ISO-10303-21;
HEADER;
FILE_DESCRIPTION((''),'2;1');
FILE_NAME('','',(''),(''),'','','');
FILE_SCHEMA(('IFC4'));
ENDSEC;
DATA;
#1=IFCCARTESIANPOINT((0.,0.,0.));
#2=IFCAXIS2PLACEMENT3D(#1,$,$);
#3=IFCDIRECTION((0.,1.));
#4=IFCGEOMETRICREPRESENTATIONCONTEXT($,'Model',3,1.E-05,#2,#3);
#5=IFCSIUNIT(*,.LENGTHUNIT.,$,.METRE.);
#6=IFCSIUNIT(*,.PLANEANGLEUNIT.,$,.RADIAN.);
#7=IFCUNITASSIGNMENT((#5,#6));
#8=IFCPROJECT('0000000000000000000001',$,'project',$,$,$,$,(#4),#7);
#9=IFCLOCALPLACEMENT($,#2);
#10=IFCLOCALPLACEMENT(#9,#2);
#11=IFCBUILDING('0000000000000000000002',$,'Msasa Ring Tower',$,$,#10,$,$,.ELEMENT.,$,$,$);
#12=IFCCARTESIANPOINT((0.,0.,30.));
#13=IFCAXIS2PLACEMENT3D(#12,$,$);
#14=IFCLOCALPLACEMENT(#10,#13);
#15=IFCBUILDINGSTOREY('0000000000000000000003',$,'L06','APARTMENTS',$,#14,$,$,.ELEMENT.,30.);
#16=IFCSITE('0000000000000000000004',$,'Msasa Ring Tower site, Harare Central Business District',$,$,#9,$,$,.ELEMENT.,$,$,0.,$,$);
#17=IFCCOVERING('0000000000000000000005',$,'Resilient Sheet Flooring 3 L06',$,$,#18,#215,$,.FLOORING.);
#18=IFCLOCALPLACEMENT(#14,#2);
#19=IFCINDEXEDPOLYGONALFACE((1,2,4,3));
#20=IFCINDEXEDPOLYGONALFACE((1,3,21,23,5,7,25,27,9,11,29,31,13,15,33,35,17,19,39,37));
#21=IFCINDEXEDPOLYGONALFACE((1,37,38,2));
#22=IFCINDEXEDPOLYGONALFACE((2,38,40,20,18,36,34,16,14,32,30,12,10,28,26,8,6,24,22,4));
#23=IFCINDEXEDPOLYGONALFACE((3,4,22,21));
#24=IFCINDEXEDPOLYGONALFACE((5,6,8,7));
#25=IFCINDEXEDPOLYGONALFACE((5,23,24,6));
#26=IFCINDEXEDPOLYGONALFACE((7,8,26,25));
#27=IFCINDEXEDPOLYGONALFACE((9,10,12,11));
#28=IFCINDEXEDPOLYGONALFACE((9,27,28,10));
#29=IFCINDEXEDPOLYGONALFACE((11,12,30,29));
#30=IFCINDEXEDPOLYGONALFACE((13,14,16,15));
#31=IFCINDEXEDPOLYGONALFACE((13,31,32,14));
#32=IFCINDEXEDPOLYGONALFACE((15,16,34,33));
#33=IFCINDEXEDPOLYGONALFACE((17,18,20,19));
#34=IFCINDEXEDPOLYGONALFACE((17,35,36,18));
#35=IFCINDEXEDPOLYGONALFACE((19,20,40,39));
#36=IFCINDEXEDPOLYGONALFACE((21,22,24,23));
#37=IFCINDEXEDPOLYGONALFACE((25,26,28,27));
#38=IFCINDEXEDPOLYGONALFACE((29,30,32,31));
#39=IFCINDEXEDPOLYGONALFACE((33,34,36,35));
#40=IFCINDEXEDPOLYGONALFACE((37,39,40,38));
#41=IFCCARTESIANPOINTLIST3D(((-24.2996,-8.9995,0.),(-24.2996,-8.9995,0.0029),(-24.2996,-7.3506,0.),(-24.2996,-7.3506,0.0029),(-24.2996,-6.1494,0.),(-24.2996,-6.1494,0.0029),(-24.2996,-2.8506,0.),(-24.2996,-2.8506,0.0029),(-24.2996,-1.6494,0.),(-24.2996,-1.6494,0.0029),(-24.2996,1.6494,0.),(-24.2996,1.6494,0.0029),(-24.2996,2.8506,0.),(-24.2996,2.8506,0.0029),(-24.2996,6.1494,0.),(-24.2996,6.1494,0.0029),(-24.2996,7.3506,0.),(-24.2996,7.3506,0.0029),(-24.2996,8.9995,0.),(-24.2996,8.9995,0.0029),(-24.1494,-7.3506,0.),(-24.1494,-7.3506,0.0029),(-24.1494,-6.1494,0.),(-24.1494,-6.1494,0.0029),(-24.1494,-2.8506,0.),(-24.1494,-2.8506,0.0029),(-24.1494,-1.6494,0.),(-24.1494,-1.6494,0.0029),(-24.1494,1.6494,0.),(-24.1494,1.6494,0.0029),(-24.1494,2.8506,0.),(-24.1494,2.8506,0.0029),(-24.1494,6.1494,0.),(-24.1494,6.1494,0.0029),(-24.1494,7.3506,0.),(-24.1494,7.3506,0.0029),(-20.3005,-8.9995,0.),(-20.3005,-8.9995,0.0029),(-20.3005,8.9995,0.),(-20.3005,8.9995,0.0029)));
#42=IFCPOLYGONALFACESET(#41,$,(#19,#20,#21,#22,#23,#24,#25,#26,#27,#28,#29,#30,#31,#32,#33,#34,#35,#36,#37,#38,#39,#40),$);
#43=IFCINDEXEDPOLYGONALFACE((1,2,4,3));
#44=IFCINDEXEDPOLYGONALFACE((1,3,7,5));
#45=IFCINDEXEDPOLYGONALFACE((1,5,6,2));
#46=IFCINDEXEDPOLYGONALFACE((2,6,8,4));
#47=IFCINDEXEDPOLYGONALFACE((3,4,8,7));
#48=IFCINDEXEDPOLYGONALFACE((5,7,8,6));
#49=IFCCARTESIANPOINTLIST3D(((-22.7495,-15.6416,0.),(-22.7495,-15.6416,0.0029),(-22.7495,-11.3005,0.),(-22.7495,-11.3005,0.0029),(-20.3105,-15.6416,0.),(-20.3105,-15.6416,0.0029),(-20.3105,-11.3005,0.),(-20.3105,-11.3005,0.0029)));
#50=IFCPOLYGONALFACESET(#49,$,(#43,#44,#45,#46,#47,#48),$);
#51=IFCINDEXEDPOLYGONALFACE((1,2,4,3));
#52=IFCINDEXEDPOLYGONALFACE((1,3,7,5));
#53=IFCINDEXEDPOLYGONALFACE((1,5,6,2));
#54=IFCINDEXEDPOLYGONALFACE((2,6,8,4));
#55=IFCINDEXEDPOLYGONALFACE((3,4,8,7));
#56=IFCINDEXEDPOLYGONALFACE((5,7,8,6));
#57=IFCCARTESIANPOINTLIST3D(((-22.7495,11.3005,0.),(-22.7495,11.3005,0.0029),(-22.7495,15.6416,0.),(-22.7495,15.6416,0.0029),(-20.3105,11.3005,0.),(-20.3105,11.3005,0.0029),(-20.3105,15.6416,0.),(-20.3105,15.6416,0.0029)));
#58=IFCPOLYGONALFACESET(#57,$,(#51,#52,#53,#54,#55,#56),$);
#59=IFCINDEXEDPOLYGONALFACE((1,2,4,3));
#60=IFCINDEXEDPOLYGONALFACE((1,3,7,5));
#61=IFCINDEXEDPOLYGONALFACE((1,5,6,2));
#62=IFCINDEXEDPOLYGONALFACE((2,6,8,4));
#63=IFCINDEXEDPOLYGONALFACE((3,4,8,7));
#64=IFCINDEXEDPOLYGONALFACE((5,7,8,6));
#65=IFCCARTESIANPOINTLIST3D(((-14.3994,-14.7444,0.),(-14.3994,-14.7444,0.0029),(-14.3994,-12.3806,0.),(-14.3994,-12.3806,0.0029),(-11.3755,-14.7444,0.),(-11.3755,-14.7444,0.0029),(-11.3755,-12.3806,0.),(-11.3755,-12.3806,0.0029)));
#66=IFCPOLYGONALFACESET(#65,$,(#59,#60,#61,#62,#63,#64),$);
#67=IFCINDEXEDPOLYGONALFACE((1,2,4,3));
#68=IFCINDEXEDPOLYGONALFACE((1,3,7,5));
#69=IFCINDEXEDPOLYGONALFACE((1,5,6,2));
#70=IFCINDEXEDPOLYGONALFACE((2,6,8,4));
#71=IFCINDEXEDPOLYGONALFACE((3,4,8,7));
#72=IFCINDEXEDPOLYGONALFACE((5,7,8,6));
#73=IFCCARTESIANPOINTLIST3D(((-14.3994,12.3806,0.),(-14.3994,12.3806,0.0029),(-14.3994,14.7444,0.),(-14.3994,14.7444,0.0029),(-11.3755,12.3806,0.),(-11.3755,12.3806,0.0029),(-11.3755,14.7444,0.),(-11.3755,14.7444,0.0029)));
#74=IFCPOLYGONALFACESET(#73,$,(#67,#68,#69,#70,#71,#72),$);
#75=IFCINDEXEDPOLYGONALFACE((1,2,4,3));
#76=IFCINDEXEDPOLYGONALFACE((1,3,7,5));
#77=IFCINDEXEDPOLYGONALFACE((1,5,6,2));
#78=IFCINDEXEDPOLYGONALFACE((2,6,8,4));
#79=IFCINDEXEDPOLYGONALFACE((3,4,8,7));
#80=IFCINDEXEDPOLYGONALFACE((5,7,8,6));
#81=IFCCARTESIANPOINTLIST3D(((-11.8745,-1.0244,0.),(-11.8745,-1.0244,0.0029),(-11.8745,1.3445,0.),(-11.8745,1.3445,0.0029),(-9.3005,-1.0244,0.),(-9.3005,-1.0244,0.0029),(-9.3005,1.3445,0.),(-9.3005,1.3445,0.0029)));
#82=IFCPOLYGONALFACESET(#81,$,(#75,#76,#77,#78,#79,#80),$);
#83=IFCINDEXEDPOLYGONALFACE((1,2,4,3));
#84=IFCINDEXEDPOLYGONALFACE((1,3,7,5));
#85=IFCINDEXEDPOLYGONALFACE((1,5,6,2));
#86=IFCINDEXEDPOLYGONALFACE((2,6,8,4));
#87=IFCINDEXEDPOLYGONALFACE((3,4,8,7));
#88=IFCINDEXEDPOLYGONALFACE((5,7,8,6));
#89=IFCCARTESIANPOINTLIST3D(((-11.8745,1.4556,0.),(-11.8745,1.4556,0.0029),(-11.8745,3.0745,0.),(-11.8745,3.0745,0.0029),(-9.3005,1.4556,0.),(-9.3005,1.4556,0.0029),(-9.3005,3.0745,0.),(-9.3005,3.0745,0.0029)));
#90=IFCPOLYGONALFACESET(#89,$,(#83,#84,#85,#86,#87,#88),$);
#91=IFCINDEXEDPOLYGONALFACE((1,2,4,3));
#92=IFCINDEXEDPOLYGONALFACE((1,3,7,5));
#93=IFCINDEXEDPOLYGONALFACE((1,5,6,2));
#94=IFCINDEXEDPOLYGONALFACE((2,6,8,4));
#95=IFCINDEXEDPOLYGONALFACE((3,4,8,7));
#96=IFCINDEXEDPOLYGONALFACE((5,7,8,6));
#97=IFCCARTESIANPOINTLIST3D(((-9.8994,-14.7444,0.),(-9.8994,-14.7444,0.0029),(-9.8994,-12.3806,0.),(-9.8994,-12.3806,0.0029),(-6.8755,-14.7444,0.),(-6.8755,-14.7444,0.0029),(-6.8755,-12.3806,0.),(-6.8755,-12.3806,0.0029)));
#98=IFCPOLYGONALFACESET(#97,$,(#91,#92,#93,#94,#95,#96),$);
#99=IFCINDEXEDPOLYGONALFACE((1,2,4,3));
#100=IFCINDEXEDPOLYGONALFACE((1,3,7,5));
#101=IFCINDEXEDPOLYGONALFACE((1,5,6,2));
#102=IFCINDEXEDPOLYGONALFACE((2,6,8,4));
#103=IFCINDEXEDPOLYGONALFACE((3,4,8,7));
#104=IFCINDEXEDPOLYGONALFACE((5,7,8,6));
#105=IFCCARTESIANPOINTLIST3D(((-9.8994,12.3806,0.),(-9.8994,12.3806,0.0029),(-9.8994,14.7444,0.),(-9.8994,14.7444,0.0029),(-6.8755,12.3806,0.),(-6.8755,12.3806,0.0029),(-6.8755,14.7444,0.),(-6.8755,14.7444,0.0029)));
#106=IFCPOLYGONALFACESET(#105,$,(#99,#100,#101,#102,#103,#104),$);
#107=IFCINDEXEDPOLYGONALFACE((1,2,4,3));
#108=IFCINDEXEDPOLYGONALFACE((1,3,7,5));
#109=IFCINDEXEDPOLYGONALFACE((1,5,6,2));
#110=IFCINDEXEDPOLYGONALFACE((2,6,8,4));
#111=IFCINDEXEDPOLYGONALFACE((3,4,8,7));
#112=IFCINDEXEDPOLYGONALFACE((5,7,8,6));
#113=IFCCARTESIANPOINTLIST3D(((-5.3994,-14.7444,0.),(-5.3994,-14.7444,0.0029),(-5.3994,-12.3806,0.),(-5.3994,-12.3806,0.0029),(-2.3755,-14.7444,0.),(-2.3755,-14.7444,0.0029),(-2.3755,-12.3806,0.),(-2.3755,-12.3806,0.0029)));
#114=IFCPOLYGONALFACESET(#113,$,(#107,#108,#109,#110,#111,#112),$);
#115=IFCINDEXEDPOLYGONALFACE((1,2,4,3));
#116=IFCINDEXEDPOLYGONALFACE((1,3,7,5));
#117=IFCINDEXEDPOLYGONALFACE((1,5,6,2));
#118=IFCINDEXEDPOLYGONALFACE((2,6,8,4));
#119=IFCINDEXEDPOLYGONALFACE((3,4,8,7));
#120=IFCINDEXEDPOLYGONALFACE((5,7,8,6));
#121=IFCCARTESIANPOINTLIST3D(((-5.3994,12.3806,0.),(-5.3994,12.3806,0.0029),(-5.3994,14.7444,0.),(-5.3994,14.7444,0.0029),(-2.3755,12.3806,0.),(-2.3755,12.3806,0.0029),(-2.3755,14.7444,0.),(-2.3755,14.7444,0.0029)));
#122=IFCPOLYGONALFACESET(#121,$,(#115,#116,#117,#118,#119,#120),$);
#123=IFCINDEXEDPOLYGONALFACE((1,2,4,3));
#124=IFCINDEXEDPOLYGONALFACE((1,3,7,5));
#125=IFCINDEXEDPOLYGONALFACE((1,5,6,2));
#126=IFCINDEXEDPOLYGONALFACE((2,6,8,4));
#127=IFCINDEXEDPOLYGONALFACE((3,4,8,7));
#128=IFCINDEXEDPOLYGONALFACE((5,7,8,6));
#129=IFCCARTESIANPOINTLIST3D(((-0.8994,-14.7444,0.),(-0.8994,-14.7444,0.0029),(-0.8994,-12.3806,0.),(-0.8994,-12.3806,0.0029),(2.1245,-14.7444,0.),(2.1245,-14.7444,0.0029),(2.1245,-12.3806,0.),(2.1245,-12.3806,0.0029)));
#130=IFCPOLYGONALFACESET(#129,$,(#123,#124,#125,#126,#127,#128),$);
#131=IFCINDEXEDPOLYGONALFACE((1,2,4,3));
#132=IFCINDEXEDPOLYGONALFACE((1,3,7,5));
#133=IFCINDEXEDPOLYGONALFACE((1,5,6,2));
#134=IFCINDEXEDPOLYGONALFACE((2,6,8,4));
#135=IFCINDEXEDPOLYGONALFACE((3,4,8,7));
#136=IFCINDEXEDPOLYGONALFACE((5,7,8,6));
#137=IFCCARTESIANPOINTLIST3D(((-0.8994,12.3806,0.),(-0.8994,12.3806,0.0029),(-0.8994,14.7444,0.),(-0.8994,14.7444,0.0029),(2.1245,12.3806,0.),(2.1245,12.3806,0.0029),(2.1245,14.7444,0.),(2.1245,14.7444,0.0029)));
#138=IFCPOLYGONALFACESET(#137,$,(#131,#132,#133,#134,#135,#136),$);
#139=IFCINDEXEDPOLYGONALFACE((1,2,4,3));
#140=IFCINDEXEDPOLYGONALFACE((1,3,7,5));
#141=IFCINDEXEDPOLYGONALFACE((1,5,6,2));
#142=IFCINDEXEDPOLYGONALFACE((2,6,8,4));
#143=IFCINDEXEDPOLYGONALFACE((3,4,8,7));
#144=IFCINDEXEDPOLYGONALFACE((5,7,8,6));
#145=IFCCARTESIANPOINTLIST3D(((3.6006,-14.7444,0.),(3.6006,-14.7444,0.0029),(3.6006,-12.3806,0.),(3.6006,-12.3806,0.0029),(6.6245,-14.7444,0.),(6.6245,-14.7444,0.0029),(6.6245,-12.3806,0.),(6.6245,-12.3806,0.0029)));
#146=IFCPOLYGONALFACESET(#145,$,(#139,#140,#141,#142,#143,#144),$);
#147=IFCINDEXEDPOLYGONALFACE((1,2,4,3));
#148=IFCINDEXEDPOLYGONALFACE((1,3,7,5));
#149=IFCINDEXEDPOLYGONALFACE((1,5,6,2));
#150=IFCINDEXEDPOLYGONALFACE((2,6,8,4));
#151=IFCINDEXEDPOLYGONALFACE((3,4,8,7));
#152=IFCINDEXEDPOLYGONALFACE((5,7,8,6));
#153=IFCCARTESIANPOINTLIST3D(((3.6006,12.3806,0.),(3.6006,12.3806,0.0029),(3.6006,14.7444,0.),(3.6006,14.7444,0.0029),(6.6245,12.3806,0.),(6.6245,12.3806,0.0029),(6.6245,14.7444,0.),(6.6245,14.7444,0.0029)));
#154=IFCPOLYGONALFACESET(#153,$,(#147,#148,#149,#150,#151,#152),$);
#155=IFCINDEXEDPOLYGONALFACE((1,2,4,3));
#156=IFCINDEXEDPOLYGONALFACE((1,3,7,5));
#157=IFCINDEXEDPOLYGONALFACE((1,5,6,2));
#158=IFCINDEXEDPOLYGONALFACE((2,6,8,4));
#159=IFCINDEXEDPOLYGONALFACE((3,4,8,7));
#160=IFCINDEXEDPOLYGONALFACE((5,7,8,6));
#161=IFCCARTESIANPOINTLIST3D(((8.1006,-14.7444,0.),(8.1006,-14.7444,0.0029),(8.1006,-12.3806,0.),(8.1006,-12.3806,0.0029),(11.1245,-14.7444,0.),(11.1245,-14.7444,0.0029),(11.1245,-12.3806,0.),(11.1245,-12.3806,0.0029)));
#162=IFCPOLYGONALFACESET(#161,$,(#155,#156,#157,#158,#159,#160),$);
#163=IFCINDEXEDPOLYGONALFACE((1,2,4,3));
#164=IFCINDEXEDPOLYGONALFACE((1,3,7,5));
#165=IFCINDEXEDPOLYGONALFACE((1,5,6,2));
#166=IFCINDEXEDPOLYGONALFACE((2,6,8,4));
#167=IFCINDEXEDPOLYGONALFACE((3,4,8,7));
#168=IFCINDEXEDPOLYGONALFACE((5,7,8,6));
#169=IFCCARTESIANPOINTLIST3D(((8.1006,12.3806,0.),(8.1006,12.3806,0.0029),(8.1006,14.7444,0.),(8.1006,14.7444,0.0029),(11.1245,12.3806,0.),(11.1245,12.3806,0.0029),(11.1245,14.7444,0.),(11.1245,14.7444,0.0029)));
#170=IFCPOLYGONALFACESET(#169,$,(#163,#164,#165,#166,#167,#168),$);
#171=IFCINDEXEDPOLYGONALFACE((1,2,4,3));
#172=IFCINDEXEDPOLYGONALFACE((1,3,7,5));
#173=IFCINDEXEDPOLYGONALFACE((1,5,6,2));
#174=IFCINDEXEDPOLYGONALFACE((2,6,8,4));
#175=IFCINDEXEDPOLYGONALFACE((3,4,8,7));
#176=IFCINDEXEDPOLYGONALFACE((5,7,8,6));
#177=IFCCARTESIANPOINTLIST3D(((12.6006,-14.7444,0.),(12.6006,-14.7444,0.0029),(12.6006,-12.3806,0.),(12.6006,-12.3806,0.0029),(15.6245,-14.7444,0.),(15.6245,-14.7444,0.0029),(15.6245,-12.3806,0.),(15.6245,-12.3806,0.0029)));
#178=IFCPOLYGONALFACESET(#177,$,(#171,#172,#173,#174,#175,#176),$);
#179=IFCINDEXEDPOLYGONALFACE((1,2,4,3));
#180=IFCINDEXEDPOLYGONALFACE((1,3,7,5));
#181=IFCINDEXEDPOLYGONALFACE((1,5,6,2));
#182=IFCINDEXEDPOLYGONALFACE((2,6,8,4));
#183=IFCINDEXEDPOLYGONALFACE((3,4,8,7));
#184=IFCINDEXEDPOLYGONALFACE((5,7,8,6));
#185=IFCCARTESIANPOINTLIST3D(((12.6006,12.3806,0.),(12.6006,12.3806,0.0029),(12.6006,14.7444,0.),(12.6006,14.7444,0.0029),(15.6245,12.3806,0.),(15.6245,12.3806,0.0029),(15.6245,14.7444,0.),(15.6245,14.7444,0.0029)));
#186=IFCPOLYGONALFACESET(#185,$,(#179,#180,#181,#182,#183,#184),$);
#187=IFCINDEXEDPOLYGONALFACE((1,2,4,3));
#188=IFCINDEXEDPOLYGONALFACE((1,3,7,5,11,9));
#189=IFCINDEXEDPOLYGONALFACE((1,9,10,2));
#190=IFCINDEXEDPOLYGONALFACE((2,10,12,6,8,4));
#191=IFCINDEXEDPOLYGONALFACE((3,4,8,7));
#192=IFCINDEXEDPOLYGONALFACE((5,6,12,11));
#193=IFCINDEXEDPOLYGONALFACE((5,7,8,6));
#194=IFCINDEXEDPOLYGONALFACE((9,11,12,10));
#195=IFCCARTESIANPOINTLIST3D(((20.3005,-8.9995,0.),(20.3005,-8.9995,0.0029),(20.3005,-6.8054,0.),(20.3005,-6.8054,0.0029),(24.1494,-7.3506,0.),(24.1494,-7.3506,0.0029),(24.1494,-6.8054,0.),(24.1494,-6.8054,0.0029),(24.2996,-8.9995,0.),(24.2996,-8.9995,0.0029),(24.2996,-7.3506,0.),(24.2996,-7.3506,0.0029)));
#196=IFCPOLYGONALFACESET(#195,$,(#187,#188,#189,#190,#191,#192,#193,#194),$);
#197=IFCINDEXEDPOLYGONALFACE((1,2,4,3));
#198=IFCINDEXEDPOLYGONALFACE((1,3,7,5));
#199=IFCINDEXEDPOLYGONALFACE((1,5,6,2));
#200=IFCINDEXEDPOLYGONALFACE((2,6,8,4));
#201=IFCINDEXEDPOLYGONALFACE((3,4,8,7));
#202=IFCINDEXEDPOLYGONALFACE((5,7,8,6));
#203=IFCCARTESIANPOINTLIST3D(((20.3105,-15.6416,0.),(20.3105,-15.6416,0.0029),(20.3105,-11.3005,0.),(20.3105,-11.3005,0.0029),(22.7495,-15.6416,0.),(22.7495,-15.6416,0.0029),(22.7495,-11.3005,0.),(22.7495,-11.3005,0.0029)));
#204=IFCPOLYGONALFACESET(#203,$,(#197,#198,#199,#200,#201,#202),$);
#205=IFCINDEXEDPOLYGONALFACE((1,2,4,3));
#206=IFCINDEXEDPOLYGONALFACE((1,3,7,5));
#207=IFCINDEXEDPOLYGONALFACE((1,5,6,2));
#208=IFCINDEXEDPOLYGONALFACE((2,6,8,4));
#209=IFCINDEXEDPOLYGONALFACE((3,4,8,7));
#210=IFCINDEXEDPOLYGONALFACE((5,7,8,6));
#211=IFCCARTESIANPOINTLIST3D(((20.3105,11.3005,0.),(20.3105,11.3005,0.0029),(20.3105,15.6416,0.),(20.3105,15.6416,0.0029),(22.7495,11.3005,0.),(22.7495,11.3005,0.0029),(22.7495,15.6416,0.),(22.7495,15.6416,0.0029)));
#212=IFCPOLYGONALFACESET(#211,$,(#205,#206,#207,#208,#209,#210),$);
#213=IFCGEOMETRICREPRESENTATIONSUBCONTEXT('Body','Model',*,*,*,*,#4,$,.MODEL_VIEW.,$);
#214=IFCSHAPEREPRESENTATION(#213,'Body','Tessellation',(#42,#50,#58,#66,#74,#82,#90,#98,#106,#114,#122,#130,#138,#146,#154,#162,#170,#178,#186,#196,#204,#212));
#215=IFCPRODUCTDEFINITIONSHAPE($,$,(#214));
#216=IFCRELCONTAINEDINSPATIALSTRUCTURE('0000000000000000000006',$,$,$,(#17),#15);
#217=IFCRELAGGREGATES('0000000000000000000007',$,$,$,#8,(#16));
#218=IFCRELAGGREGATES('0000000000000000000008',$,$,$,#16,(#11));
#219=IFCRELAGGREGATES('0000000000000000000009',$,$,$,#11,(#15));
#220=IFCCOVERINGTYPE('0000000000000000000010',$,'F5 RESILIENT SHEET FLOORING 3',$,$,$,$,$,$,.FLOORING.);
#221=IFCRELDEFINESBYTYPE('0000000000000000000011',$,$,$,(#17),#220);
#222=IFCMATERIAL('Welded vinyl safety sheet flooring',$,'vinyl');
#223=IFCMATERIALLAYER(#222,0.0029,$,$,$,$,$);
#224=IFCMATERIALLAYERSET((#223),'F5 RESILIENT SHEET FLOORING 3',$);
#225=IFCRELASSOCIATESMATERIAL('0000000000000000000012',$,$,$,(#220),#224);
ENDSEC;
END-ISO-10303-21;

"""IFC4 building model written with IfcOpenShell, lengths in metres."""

from ifc_helpers import new_model, si_unit, direction, frame, origin, place, context, subcontext, project, spatial, line, indexed_curve, outline, extrude, material, layer, layer_set, type_object, element, save


model = new_model("IFC4")

# Units and contexts
model_context = context("Model", 3, precision=1e-05, world=origin(), true_north=direction((0.0, 1.0)))
body_context = subcontext(model_context, "Body", "Model", "MODEL_VIEW")
ifc_project = project(units=[si_unit("LENGTHUNIT", "METRE"), si_unit("PLANEANGLEUNIT", "RADIAN")], contexts=[model_context])

# Site, building, storey
site_placement = place(None, origin())
site = spatial("IfcSite", under=ifc_project, at=site_placement, Name="Msasa Ring Tower site, Harare Central Business District", CompositionType="ELEMENT", RefElevation=0.0)
building_placement = place(site_placement, origin())
building = spatial("IfcBuilding", under=site, at=building_placement, Name="Msasa Ring Tower", CompositionType="ELEMENT")
storey_placement = place(building_placement, frame((0.0, 0.0, 30.0)))
storey = spatial("IfcBuildingStorey", under=building, at=storey_placement, Name="L06", Description="APARTMENTS", CompositionType="ELEMENT", Elevation=30.0)

# Covering
ifc_material_1 = material(Name="Welded vinyl safety sheet flooring", Category="vinyl")
ifc_layer_1 = layer(ifc_material_1, 0.0029)
ifc_layer_set_1 = layer_set([ifc_layer_1], Name="F5 RESILIENT SHEET FLOORING 3")
covering_type_1 = type_object("IfcCoveringType", Name="F5 RESILIENT SHEET FLOORING 3", PredefinedType="FLOORING", material=ifc_layer_set_1)
covering_1_placement = place(storey_placement, origin())
element("IfcCovering", 1, at=covering_1_placement, inside=storey, type_object=covering_type_1, Name="Resilient Sheet Flooring 3 L06", PredefinedType="FLOORING", context=body_context, shape_type="SweptSolid", body=[
    extrude(outline(indexed_curve([(-24.2996, -7.3506), (-24.1494, -7.3506), (-24.1494, -6.1494), (-24.2996, -6.1494), (-24.2996, -2.8506), (-24.1494, -2.8506), (-24.1494, -1.6494), (-24.2996, -1.6494), (-24.2996, 1.6494), (-24.1494, 1.6494), (-24.1494, 2.8506), (-24.2996, 2.8506), (-24.2996, 6.1494), (-24.1494, 6.1494), (-24.1494, 7.3506), (-24.2996, 7.3506), (-24.2996, 8.9995), (-20.3005, 8.9995), (-20.3005, -8.9995), (-24.2996, -8.9995)], segments=[line(1, 2, 3, 4, 5, 6, 7, 8, 9, 10, 11, 12, 13, 14, 15, 16, 17, 18, 19, 20, 1)], self_intersect=False)), origin(), (0.0, 0.0, 1.0), 0.0029),
    extrude(outline(indexed_curve([(-20.3105, -15.6416), (-22.7495, -15.6416), (-22.7495, -11.3005), (-20.3105, -11.3005)], segments=[line(1, 2, 3, 4, 1)], self_intersect=False)), origin(), (0.0, 0.0, 1.0), 0.0029),
    extrude(outline(indexed_curve([(-20.3105, 11.3005), (-22.7495, 11.3005), (-22.7495, 15.6416), (-20.3105, 15.6416)], segments=[line(1, 2, 3, 4, 1)], self_intersect=False)), origin(), (0.0, 0.0, 1.0), 0.0029),
    extrude(outline(indexed_curve([(-11.3755, -12.3806), (-11.3755, -14.7444), (-14.3994, -14.7444), (-14.3994, -12.3806)], segments=[line(1, 2, 3, 4, 1)], self_intersect=False)), origin(), (0.0, 0.0, 1.0), 0.0029),
    extrude(outline(indexed_curve([(-11.3755, 14.7444), (-11.3755, 12.3806), (-14.3994, 12.3806), (-14.3994, 14.7444)], segments=[line(1, 2, 3, 4, 1)], self_intersect=False)), origin(), (0.0, 0.0, 1.0), 0.0029),
    extrude(outline(indexed_curve([(-9.3005, 1.3445), (-9.3005, -1.0244), (-11.8745, -1.0244), (-11.8745, 1.3445)], segments=[line(1, 2, 3, 4, 1)], self_intersect=False)), origin(), (0.0, 0.0, 1.0), 0.0029),
    extrude(outline(indexed_curve([(-9.3005, 1.4556), (-11.8745, 1.4556), (-11.8745, 3.0745), (-9.3005, 3.0745)], segments=[line(1, 2, 3, 4, 1)], self_intersect=False)), origin(), (0.0, 0.0, 1.0), 0.0029),
    extrude(outline(indexed_curve([(-6.8755, -12.3806), (-6.8755, -14.7444), (-9.8994, -14.7444), (-9.8994, -12.3806)], segments=[line(1, 2, 3, 4, 1)], self_intersect=False)), origin(), (0.0, 0.0, 1.0), 0.0029),
    extrude(outline(indexed_curve([(-9.8994, 12.3806), (-9.8994, 14.7444), (-6.8755, 14.7444), (-6.8755, 12.3806)], segments=[line(1, 2, 3, 4, 1)], self_intersect=False)), origin(), (0.0, 0.0, 1.0), 0.0029),
    extrude(outline(indexed_curve([(-2.3755, -12.3806), (-2.3755, -14.7444), (-5.3994, -14.7444), (-5.3994, -12.3806)], segments=[line(1, 2, 3, 4, 1)], self_intersect=False)), origin(), (0.0, 0.0, 1.0), 0.0029),
    extrude(outline(indexed_curve([(-5.3994, 12.3806), (-5.3994, 14.7444), (-2.3755, 14.7444), (-2.3755, 12.3806)], segments=[line(1, 2, 3, 4, 1)], self_intersect=False)), origin(), (0.0, 0.0, 1.0), 0.0029),
    extrude(outline(indexed_curve([(2.1245, -12.3806), (2.1245, -14.7444), (-0.8994, -14.7444), (-0.8994, -12.3806)], segments=[line(1, 2, 3, 4, 1)], self_intersect=False)), origin(), (0.0, 0.0, 1.0), 0.0029),
    extrude(outline(indexed_curve([(-0.8994, 12.3806), (-0.8994, 14.7444), (2.1245, 14.7444), (2.1245, 12.3806)], segments=[line(1, 2, 3, 4, 1)], self_intersect=False)), origin(), (0.0, 0.0, 1.0), 0.0029),
    extrude(outline(indexed_curve([(6.6245, -12.3806), (6.6245, -14.7444), (3.6006, -14.7444), (3.6006, -12.3806)], segments=[line(1, 2, 3, 4, 1)], self_intersect=False)), origin(), (0.0, 0.0, 1.0), 0.0029),
    extrude(outline(indexed_curve([(6.6245, 14.7444), (6.6245, 12.3806), (3.6006, 12.3806), (3.6006, 14.7444)], segments=[line(1, 2, 3, 4, 1)], self_intersect=False)), origin(), (0.0, 0.0, 1.0), 0.0029),
    extrude(outline(indexed_curve([(11.1245, -12.3806), (11.1245, -14.7444), (8.1006, -14.7444), (8.1006, -12.3806)], segments=[line(1, 2, 3, 4, 1)], self_intersect=False)), origin(), (0.0, 0.0, 1.0), 0.0029),
    extrude(outline(indexed_curve([(8.1006, 12.3806), (8.1006, 14.7444), (11.1245, 14.7444), (11.1245, 12.3806)], segments=[line(1, 2, 3, 4, 1)], self_intersect=False)), origin(), (0.0, 0.0, 1.0), 0.0029),
    extrude(outline(indexed_curve([(12.6006, -14.7444), (12.6006, -12.3806), (15.6245, -12.3806), (15.6245, -14.7444)], segments=[line(1, 2, 3, 4, 1)], self_intersect=False)), origin(), (0.0, 0.0, 1.0), 0.0029),
    extrude(outline(indexed_curve([(12.6006, 12.3806), (12.6006, 14.7444), (15.6245, 14.7444), (15.6245, 12.3806)], segments=[line(1, 2, 3, 4, 1)], self_intersect=False)), origin(), (0.0, 0.0, 1.0), 0.0029),
    extrude(outline(indexed_curve([(20.3005, -6.8054), (24.1494, -6.8054), (24.1494, -7.3506), (24.2996, -7.3506), (24.2996, -8.9995), (20.3005, -8.9995)], segments=[line(1, 2, 3, 4, 5, 6, 1)], self_intersect=False)), origin(), (0.0, 0.0, 1.0), 0.0029),
    extrude(outline(indexed_curve([(22.7495, -15.6416), (20.3105, -15.6416), (20.3105, -11.3005), (22.7495, -11.3005)], segments=[line(1, 2, 3, 4, 1)], self_intersect=False)), origin(), (0.0, 0.0, 1.0), 0.0029),
    extrude(outline(indexed_curve([(22.7495, 11.3005), (20.3105, 11.3005), (20.3105, 15.6416), (22.7495, 15.6416)], segments=[line(1, 2, 3, 4, 1)], self_intersect=False)), origin(), (0.0, 0.0, 1.0), 0.0029),
])

save(model, "model.ifc")
